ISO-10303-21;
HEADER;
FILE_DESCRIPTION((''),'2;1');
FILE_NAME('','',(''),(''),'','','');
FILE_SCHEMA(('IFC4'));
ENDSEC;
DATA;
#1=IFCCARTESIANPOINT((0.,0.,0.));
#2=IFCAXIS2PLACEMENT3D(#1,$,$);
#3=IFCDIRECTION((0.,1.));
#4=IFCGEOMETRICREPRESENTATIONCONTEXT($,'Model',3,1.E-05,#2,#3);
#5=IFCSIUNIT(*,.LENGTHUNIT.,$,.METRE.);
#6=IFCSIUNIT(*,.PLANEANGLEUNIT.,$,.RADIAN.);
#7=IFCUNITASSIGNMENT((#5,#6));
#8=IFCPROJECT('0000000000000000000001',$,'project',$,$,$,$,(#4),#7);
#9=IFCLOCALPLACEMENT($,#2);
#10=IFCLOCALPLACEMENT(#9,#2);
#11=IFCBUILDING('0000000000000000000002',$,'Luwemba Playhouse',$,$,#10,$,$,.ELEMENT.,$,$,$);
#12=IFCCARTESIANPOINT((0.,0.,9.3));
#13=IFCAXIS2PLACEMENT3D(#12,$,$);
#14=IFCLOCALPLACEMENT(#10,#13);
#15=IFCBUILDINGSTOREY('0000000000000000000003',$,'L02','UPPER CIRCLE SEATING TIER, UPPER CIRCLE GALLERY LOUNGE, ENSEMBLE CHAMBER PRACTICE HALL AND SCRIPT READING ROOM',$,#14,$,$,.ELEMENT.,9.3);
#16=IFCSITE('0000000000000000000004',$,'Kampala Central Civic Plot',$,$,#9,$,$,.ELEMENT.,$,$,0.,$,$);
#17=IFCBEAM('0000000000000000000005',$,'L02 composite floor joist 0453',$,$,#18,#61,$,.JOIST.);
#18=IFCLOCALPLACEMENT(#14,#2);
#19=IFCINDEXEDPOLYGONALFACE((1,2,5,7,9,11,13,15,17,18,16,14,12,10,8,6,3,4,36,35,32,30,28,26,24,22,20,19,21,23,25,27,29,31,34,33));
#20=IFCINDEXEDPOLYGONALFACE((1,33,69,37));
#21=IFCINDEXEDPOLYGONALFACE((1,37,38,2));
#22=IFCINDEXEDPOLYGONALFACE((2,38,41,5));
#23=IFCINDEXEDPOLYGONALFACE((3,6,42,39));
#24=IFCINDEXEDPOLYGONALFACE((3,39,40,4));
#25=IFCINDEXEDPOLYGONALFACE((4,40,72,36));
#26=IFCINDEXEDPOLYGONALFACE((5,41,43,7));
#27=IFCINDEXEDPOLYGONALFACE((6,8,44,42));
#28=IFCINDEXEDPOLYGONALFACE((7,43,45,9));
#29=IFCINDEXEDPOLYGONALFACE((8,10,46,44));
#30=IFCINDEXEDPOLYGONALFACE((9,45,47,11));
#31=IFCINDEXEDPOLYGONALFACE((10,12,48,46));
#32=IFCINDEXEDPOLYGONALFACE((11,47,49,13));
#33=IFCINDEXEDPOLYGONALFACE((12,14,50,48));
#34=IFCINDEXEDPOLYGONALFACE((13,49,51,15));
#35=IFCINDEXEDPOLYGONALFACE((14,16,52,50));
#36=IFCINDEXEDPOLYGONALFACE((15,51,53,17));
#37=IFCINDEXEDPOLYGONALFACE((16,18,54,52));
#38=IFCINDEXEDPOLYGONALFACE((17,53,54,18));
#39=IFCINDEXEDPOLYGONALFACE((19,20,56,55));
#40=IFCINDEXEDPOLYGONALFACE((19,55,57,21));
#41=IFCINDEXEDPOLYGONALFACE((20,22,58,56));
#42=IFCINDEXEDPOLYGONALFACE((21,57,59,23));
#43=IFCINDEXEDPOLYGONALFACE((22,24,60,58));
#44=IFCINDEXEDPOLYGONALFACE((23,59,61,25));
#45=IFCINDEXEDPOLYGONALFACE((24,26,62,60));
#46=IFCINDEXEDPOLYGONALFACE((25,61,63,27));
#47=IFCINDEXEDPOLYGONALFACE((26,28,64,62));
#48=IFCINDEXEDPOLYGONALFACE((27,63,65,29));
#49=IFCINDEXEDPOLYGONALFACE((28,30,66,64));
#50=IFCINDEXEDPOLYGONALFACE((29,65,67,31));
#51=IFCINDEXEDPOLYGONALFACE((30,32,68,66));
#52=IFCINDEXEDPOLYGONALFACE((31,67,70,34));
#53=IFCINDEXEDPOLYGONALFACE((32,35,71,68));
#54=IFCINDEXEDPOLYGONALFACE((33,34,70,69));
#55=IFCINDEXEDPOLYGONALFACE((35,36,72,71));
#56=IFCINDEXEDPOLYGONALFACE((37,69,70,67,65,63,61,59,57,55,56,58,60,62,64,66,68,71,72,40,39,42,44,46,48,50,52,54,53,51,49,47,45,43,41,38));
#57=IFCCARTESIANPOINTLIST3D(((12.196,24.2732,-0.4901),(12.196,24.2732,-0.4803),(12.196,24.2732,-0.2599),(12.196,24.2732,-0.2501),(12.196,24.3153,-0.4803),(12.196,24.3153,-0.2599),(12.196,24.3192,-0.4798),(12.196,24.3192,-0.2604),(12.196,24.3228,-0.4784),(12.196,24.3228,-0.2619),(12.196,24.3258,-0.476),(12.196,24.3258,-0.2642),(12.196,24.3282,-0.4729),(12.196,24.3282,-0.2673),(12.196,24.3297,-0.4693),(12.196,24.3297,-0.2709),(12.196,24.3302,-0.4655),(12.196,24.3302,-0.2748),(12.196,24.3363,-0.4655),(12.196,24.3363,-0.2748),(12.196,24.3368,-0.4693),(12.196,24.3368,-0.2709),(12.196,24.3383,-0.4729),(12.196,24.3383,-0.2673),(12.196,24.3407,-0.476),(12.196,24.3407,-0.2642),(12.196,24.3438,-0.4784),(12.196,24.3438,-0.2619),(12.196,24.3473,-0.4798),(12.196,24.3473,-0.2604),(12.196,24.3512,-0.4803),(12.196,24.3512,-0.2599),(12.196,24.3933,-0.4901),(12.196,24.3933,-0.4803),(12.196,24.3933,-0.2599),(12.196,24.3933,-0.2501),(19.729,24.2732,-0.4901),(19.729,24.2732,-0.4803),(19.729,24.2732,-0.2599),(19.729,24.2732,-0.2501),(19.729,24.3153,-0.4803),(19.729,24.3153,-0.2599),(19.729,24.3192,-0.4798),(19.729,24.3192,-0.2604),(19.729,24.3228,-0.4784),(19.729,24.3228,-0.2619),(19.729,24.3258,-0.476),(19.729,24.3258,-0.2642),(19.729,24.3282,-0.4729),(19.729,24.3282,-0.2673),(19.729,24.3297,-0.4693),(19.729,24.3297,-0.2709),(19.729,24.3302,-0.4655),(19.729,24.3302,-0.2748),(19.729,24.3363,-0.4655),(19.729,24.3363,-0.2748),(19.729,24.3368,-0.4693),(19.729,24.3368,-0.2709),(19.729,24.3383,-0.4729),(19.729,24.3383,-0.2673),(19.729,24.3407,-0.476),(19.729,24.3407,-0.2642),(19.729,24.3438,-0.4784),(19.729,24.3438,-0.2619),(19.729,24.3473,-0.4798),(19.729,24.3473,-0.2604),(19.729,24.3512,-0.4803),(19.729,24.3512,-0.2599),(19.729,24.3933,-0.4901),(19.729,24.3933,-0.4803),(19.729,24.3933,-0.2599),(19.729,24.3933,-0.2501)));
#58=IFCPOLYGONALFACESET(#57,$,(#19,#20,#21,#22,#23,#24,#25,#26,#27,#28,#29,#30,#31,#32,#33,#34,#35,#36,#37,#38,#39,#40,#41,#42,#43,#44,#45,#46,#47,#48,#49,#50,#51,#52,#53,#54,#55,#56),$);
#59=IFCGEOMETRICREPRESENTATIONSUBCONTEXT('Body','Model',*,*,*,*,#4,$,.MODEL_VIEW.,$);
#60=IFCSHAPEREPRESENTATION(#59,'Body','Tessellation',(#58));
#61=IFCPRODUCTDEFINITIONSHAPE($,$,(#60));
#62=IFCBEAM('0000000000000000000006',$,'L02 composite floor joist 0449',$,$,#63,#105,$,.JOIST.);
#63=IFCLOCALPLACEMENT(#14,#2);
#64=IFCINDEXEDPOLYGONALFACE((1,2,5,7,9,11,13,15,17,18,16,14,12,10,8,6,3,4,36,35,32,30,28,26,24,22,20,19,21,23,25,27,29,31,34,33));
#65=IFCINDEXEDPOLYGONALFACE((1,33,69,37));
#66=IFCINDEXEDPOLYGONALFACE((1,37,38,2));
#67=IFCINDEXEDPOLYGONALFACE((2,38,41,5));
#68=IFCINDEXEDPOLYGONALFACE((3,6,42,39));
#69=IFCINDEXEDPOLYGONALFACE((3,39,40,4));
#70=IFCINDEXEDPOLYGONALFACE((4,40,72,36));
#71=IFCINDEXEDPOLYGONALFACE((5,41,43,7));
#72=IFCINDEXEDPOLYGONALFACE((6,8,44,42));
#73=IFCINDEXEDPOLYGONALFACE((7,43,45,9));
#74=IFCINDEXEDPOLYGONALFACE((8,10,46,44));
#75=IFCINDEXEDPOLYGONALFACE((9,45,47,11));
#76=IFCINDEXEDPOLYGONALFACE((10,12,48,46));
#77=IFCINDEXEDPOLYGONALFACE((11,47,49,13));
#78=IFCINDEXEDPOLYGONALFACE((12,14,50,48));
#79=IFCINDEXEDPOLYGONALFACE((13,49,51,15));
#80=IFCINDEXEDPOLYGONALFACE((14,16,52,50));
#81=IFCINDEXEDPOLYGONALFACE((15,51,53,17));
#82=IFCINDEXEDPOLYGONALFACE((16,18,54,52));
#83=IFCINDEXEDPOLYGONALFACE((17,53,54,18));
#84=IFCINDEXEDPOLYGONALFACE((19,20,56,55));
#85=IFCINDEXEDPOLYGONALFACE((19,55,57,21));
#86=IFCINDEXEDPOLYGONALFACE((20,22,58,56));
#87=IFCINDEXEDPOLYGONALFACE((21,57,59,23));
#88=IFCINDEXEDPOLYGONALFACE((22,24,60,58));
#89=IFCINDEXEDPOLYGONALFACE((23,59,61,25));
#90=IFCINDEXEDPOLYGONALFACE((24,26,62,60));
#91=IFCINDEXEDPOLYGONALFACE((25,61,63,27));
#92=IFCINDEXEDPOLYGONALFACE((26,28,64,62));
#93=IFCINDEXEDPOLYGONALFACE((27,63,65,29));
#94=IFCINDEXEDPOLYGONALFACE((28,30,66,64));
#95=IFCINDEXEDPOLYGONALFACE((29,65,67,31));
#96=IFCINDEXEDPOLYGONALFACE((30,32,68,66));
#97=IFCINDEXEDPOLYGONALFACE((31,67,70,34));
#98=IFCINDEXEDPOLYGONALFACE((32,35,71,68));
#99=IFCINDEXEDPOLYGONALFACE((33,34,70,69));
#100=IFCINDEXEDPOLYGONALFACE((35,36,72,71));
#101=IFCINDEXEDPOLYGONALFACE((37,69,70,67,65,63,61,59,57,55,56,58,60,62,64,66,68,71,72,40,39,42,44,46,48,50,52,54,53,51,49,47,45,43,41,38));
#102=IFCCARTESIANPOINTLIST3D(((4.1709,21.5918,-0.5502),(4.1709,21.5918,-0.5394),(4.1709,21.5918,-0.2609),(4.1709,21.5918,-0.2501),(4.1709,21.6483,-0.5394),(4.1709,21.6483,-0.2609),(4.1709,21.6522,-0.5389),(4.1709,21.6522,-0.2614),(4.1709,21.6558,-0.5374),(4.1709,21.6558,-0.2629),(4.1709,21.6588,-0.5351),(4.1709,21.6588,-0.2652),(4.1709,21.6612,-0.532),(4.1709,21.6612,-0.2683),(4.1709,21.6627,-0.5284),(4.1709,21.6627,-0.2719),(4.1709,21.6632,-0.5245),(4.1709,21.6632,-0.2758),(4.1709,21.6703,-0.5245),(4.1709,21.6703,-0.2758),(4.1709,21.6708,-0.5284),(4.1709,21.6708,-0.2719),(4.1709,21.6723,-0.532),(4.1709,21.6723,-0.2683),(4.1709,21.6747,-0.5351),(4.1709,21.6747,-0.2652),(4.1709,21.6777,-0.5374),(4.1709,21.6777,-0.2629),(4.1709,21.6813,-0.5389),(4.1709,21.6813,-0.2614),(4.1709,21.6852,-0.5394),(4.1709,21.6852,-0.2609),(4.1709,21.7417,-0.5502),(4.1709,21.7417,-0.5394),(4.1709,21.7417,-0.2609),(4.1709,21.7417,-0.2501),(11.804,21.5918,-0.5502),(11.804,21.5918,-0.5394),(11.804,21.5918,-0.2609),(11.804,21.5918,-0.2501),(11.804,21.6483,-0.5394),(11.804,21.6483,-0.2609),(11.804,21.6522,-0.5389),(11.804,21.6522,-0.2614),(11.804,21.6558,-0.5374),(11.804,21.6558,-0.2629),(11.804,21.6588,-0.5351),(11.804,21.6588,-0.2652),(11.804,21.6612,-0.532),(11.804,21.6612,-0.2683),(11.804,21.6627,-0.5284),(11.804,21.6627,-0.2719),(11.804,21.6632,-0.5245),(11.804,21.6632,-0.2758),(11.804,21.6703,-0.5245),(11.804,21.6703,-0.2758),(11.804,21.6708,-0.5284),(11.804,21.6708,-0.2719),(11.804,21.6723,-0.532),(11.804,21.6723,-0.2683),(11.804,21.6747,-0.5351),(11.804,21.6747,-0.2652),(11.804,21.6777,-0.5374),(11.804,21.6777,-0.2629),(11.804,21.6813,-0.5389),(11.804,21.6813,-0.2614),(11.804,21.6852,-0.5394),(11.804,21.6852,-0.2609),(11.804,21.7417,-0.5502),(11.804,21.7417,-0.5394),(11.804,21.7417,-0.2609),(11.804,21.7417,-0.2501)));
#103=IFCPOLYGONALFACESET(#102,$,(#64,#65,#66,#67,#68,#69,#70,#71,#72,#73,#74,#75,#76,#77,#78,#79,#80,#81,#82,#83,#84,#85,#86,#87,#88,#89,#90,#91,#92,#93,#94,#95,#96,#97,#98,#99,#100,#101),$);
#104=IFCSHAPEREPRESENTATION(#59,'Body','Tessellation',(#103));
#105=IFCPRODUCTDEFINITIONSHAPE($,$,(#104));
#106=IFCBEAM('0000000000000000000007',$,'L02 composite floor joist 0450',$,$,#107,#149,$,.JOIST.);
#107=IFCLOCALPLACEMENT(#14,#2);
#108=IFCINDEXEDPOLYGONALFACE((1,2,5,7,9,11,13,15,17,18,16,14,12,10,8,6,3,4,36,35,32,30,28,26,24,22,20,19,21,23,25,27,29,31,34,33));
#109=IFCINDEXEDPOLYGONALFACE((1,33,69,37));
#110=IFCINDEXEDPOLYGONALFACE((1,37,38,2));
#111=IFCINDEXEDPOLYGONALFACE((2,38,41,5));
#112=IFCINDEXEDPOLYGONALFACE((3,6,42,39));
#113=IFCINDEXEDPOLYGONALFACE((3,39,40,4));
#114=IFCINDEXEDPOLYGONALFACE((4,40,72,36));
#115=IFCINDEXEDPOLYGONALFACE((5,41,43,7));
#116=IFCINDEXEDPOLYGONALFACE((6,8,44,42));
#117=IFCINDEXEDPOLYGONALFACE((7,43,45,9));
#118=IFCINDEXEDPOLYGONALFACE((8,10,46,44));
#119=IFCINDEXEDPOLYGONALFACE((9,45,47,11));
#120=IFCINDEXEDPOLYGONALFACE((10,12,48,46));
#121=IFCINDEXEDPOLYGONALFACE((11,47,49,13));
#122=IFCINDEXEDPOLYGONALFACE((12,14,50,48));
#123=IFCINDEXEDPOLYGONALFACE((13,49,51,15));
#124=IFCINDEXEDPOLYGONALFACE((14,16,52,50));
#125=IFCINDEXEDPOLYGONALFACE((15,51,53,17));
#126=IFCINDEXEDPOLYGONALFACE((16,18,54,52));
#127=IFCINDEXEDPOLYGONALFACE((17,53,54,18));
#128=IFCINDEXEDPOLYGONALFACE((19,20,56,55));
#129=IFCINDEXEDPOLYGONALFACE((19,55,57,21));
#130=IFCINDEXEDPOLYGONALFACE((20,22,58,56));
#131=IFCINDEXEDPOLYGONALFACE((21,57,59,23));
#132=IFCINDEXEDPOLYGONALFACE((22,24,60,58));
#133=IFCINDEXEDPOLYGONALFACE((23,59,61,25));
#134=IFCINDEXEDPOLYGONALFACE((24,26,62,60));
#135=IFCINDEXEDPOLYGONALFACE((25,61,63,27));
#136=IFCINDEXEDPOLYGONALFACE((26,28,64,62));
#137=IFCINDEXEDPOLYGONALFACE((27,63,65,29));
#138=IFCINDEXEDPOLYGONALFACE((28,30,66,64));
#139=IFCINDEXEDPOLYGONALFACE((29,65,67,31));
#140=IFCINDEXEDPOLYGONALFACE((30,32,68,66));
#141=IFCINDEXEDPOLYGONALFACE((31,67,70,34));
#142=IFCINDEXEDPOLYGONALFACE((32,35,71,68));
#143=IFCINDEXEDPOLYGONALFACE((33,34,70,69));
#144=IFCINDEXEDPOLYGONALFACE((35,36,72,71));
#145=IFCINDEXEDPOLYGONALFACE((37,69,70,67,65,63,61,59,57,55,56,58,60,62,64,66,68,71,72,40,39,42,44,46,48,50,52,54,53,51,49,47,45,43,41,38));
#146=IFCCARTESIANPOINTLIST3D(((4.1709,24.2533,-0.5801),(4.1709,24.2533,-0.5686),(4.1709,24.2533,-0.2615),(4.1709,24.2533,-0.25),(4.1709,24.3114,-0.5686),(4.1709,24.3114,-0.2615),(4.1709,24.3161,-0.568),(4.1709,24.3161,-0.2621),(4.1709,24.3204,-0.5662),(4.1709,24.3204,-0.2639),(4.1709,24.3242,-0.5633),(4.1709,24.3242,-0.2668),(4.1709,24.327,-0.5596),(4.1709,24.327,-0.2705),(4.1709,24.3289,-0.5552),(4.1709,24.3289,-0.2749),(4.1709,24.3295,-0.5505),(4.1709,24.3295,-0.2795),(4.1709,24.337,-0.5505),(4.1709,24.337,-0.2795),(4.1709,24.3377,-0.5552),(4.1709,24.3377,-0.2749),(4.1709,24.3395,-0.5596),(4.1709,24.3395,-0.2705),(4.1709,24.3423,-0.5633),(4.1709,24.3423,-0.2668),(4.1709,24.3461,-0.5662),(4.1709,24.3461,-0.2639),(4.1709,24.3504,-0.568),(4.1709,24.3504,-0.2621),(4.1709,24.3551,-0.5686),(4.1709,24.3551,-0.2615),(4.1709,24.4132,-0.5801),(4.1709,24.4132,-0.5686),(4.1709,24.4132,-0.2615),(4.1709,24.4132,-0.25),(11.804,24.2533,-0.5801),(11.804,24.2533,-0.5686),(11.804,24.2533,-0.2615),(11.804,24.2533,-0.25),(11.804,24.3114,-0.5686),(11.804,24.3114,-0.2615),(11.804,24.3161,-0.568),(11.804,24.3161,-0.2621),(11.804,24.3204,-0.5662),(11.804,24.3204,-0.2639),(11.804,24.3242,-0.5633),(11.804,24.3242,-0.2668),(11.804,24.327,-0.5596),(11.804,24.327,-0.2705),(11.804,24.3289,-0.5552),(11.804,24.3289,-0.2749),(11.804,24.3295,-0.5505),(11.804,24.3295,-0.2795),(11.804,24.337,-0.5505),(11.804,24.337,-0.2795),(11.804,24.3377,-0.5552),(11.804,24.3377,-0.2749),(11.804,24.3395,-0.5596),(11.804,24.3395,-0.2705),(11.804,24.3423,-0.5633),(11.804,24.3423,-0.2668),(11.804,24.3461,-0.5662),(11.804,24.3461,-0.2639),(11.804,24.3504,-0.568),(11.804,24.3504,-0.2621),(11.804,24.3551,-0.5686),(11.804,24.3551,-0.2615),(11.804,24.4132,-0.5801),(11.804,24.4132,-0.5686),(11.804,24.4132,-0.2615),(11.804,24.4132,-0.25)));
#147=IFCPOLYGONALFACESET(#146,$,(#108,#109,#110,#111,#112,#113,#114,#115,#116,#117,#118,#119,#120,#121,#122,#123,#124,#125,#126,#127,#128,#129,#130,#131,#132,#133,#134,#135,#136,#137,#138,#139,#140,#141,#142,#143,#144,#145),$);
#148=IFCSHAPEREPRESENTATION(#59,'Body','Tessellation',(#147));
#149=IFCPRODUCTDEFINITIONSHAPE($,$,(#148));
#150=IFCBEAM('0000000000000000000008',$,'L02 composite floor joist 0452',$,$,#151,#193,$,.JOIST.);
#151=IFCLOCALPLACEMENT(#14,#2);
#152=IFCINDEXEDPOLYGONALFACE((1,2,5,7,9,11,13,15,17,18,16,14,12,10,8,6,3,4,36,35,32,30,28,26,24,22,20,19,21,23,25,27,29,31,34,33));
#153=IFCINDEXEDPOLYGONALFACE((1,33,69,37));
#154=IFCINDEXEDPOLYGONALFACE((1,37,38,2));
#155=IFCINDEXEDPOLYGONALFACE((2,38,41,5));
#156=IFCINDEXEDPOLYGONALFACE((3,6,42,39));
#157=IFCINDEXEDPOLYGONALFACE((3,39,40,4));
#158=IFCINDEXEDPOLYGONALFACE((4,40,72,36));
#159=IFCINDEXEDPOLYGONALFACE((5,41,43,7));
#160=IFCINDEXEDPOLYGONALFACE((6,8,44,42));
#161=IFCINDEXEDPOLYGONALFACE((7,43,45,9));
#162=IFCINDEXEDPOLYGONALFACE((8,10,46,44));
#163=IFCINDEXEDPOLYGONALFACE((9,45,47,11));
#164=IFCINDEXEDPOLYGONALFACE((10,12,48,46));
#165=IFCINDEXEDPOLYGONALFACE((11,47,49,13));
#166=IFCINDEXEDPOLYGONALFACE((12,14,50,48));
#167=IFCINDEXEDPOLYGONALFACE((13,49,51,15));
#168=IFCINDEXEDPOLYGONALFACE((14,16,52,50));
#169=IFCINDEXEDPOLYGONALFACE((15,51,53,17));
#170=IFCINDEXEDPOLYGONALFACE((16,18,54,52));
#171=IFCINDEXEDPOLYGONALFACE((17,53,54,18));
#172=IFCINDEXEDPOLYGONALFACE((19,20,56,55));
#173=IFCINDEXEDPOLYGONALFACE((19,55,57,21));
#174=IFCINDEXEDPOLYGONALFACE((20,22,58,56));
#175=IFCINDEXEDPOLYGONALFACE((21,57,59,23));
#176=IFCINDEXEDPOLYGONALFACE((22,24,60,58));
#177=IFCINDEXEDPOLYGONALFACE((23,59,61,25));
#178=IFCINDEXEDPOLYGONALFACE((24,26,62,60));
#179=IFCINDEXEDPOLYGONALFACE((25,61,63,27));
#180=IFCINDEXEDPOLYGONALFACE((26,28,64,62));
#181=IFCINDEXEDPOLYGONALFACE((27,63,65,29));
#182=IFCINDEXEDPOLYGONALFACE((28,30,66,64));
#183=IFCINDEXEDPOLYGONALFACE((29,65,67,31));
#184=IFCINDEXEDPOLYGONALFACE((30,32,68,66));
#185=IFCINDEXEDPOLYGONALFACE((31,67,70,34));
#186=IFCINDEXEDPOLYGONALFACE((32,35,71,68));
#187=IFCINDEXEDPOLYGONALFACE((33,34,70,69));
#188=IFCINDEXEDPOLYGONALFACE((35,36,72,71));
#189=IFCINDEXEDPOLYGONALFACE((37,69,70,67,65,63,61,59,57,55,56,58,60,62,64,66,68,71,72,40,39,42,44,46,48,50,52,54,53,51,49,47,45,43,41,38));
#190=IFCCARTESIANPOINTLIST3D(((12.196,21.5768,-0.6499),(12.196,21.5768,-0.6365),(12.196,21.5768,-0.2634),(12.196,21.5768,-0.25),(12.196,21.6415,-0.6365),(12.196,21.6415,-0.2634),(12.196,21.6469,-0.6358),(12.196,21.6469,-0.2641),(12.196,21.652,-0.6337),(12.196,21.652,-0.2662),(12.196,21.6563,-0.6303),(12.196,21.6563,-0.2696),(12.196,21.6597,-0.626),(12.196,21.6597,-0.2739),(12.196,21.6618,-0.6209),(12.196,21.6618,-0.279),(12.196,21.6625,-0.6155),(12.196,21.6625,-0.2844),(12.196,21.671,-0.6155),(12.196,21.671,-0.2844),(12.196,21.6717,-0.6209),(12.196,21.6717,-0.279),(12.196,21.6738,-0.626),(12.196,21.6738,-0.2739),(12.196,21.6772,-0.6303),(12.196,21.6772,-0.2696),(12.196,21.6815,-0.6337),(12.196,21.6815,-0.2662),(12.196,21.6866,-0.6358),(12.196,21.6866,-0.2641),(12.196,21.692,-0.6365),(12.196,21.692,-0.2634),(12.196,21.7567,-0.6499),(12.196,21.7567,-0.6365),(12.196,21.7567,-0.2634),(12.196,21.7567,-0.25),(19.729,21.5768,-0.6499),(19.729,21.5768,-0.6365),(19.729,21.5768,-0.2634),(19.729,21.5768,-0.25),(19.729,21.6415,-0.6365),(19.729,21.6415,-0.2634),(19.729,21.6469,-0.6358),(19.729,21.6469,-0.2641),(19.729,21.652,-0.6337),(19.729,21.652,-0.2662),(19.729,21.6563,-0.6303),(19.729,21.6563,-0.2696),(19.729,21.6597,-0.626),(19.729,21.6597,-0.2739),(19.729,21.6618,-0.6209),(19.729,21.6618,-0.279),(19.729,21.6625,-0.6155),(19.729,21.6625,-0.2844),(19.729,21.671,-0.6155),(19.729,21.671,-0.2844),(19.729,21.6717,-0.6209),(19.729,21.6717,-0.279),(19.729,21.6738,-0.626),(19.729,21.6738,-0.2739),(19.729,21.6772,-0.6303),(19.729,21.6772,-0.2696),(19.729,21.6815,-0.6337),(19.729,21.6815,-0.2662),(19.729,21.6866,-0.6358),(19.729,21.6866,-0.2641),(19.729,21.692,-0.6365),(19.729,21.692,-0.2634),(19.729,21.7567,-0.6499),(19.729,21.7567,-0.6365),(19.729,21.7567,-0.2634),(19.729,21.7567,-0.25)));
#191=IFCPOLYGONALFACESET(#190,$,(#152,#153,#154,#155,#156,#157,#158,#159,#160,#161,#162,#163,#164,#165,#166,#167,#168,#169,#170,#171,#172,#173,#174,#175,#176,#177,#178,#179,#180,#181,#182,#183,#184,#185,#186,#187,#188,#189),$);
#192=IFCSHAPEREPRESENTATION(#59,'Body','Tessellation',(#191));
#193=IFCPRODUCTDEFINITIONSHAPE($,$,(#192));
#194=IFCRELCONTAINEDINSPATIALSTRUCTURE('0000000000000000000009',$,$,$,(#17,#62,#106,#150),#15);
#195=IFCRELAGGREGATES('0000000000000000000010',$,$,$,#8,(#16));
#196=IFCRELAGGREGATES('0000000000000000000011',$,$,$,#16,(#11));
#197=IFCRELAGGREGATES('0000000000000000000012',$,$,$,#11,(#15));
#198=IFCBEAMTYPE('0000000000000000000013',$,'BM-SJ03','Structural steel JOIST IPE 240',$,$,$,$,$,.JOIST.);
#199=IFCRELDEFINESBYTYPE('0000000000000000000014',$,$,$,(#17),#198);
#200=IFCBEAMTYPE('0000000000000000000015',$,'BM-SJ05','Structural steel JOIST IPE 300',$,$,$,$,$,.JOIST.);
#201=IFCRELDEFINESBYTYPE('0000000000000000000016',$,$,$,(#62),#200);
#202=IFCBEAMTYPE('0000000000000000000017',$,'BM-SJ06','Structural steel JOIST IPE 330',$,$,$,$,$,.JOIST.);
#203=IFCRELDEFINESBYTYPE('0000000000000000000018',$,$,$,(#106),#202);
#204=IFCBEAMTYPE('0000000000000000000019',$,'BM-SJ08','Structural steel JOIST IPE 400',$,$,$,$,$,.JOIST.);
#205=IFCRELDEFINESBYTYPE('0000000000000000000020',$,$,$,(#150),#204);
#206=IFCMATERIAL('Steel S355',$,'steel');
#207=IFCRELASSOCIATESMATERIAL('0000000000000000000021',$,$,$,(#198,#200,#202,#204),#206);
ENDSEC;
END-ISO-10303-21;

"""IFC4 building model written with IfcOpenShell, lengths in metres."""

from ifc_helpers import new_model, si_unit, direction, frame, origin, origin_2d, place, context, subcontext, project, spatial, i_section, extrude, material, material_profile, profile_set, type_object, element, save


model = new_model("IFC4")

# Units and contexts
model_context = context("Model", 3, precision=1e-05, world=origin(), true_north=direction((0.0, 1.0)))
body_context = subcontext(model_context, "Body", "Model", "MODEL_VIEW")
ifc_project = project(units=[si_unit("LENGTHUNIT", "METRE"), si_unit("PLANEANGLEUNIT", "RADIAN")], contexts=[model_context])

# Site, building, storey
site_placement = place(None, origin())
site = spatial("IfcSite", under=ifc_project, at=site_placement, Name="Kampala Central Civic Plot", CompositionType="ELEMENT", RefElevation=0.0)
building_placement = place(site_placement, origin())
building = spatial("IfcBuilding", under=site, at=building_placement, Name="Luwemba Playhouse", CompositionType="ELEMENT")
storey_placement = place(building_placement, frame((0.0, 0.0, 9.3)))
storey = spatial("IfcBuildingStorey", under=building, at=storey_placement, Name="L02", Description="UPPER CIRCLE SEATING TIER, UPPER CIRCLE GALLERY LOUNGE, ENSEMBLE CHAMBER PRACTICE HALL AND SCRIPT READING ROOM", CompositionType="ELEMENT", Elevation=9.3)

# Beams
ifc_material_1 = material(Name="Steel S355", Category="steel")
ifc_material_profile_1 = material_profile(ifc_material_1, i_section(OverallWidth=0.1201, OverallDepth=0.24, WebThickness=0.0061, FlangeThickness=0.0098, FilletRadius=0.0149, at=origin_2d()))
ifc_profile_set_1 = profile_set([ifc_material_profile_1], Name="Steel S355")
beam_type_1 = type_object("IfcBeamType", Name="BM-SJ03", Description="Structural steel JOIST IPE 240", PredefinedType="JOIST", material=ifc_profile_set_1)
beam_1_placement = place(storey_placement, frame((12.196, 24.3333, -0.3701), z_axis=(1.0, 0.0, 0.0), x_axis=(0.0, 1.0, 0.0)))
element("IfcBeam", 1, at=beam_1_placement, inside=storey, type_object=beam_type_1, Name="L02 composite floor joist 0453", PredefinedType="JOIST", context=body_context, shape_type="SweptSolid", body=[
    extrude(i_section(OverallWidth=0.1201, OverallDepth=0.24, WebThickness=0.0061, FlangeThickness=0.0098, FilletRadius=0.0149, at=origin_2d()), origin(), (0.0, 0.0, 1.0), 7.533),
])
ifc_material_profile_2 = material_profile(ifc_material_1, i_section(OverallWidth=0.1499, OverallDepth=0.3, WebThickness=0.0071, FlangeThickness=0.0107, FilletRadius=0.0149, at=origin_2d()))
ifc_profile_set_2 = profile_set([ifc_material_profile_2], Name="Steel S355")
beam_type_2 = type_object("IfcBeamType", Name="BM-SJ05", Description="Structural steel JOIST IPE 300", PredefinedType="JOIST", material=ifc_profile_set_2)
beam_2_placement = place(storey_placement, frame((4.1709, 21.6667, -0.4001), z_axis=(1.0, 0.0, 0.0), x_axis=(0.0, 1.0, 0.0)))
element("IfcBeam", 2, at=beam_2_placement, inside=storey, type_object=beam_type_2, Name="L02 composite floor joist 0449", PredefinedType="JOIST", context=body_context, shape_type="SweptSolid", body=[
    extrude(i_section(OverallWidth=0.1499, OverallDepth=0.3, WebThickness=0.0071, FlangeThickness=0.0107, FilletRadius=0.0149, at=origin_2d()), origin(), (0.0, 0.0, 1.0), 7.6331),
])
ifc_material_profile_3 = material_profile(ifc_material_1, i_section(OverallWidth=0.1599, OverallDepth=0.3301, WebThickness=0.0076, FlangeThickness=0.0115, FilletRadius=0.0181, at=origin_2d()))
ifc_profile_set_3 = profile_set([ifc_material_profile_3], Name="Steel S355")
beam_type_3 = type_object("IfcBeamType", Name="BM-SJ06", Description="Structural steel JOIST IPE 330", PredefinedType="JOIST", material=ifc_profile_set_3)
beam_3_placement = place(storey_placement, frame((4.1709, 24.3333, -0.415), z_axis=(1.0, 0.0, 0.0), x_axis=(0.0, 1.0, 0.0)))
element("IfcBeam", 3, at=beam_3_placement, inside=storey, type_object=beam_type_3, Name="L02 composite floor joist 0450", PredefinedType="JOIST", context=body_context, shape_type="SweptSolid", body=[
    extrude(i_section(OverallWidth=0.1599, OverallDepth=0.3301, WebThickness=0.0076, FlangeThickness=0.0115, FilletRadius=0.0181, at=origin_2d()), origin(), (0.0, 0.0, 1.0), 7.6331),
])
ifc_material_profile_4 = material_profile(ifc_material_1, i_section(OverallWidth=0.1799, OverallDepth=0.3999, WebThickness=0.0085, FlangeThickness=0.0134, FilletRadius=0.021, at=origin_2d()))
ifc_profile_set_4 = profile_set([ifc_material_profile_4], Name="Steel S355")
beam_type_4 = type_object("IfcBeamType", Name="BM-SJ08", Description="Structural steel JOIST IPE 400", PredefinedType="JOIST", material=ifc_profile_set_4)
beam_4_placement = place(storey_placement, frame((12.196, 21.6667, -0.45), z_axis=(1.0, 0.0, 0.0), x_axis=(0.0, 1.0, 0.0)))
element("IfcBeam", 4, at=beam_4_placement, inside=storey, type_object=beam_type_4, Name="L02 composite floor joist 0452", PredefinedType="JOIST", context=body_context, shape_type="SweptSolid", body=[
    extrude(i_section(OverallWidth=0.1799, OverallDepth=0.3999, WebThickness=0.0085, FlangeThickness=0.0134, FilletRadius=0.021, at=origin_2d()), origin(), (0.0, 0.0, 1.0), 7.533),
])

save(model, "model.ifc")
